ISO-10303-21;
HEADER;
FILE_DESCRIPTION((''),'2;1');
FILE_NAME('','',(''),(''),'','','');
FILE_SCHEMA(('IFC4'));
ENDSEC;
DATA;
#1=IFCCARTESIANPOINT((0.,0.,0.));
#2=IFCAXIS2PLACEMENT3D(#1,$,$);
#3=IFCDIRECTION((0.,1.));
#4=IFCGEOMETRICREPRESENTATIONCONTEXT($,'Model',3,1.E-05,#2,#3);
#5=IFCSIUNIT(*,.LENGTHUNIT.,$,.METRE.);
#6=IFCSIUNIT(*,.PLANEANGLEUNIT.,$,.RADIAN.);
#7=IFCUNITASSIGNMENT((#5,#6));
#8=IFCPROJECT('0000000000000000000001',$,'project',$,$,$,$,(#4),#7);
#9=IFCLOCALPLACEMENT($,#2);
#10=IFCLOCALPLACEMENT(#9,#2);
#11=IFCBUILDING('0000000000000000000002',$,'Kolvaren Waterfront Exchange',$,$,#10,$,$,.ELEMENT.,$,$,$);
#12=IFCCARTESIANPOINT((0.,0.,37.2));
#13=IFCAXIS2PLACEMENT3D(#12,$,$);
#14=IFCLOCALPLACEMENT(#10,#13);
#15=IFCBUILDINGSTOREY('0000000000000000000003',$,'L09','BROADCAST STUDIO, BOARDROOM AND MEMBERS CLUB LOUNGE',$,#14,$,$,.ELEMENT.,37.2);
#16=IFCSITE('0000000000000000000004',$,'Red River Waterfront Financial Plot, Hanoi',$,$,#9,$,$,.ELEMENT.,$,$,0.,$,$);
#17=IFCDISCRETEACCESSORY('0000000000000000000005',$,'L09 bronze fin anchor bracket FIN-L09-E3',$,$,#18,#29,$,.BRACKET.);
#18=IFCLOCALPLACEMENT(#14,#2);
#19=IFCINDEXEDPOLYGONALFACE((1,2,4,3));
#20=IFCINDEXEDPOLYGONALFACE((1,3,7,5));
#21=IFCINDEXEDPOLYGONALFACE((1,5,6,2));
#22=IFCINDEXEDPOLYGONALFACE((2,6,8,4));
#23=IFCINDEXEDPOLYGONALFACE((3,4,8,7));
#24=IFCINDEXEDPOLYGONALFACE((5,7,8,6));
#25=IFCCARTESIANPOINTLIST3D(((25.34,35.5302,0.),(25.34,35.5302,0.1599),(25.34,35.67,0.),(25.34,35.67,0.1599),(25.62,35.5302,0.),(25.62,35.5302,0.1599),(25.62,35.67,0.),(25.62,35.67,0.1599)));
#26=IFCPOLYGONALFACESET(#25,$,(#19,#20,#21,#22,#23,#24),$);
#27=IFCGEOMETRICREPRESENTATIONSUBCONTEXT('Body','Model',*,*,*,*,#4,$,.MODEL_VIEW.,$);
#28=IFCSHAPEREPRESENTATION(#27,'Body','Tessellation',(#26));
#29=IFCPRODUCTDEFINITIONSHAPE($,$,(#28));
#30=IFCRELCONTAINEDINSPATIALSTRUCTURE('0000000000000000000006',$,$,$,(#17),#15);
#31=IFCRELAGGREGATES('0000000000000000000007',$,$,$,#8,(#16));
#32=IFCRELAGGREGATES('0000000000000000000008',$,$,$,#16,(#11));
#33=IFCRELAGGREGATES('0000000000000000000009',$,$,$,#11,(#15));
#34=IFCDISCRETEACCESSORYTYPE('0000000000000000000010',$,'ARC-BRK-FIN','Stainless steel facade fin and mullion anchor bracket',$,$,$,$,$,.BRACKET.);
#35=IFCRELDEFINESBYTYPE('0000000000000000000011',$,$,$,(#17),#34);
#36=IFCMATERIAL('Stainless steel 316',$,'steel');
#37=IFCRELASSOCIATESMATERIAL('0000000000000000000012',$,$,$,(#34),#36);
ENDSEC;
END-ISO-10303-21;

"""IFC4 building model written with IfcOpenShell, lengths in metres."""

from ifc_helpers import new_model, si_unit, direction, frame, origin, origin_with_axes, origin_2d, place, context, subcontext, project, spatial, rectangle, extrude, source, transform, mapped, material, type_object, element, save


model = new_model("IFC4")

# Units and contexts
model_context = context("Model", 3, precision=1e-05, world=origin(), true_north=direction((0.0, 1.0)))
body_context = subcontext(model_context, "Body", "Model", "MODEL_VIEW")
ifc_project = project(units=[si_unit("LENGTHUNIT", "METRE"), si_unit("PLANEANGLEUNIT", "RADIAN")], contexts=[model_context])

# Site, building, storey
site_placement = place(None, origin())
site = spatial("IfcSite", under=ifc_project, at=site_placement, Name="Red River Waterfront Financial Plot, Hanoi", CompositionType="ELEMENT", RefElevation=0.0)
building_placement = place(site_placement, origin())
building = spatial("IfcBuilding", under=site, at=building_placement, Name="Kolvaren Waterfront Exchange", CompositionType="ELEMENT")
storey_placement = place(building_placement, frame((0.0, 0.0, 37.2)))
storey = spatial("IfcBuildingStorey", under=building, at=storey_placement, Name="L09", Description="BROADCAST STUDIO, BOARDROOM AND MEMBERS CLUB LOUNGE", CompositionType="ELEMENT", Elevation=37.2)

# Discrete accessory
ifc_material_1 = material(Name="Stainless steel 316", Category="steel")
discrete_accessory_type = type_object("IfcDiscreteAccessoryType", Name="ARC-BRK-FIN", Description="Stainless steel facade fin and mullion anchor bracket", PredefinedType="BRACKET", material=ifc_material_1)
shared_shape_1 = source(origin_with_axes(), body_context, "Body", "SweptSolid", [
    extrude(rectangle(XDim=0.28, YDim=0.1399, at=origin_2d()), origin(), (0.0, 0.0, 1.0), 0.1599),
])
discrete_accessory_placement = place(storey_placement, frame((25.48, 35.6001, 0.0), z_axis=(0.0, 0.0, 1.0), x_axis=(1.0, 0.0, 0.0)))
element("IfcDiscreteAccessory", 1, at=discrete_accessory_placement, inside=storey, type_object=discrete_accessory_type, Name="L09 bronze fin anchor bracket FIN-L09-E3", PredefinedType="BRACKET", context=body_context, shape_type="MappedRepresentation", body=[
    mapped(shared_shape_1, transform((0.0, 0.0, 0.0), x_axis=(1.0, 0.0, 0.0), y_axis=(0.0, 1.0, 0.0), z_axis=(0.0, 0.0, 1.0), scale=1.0)),
])

save(model, "model.ifc")
